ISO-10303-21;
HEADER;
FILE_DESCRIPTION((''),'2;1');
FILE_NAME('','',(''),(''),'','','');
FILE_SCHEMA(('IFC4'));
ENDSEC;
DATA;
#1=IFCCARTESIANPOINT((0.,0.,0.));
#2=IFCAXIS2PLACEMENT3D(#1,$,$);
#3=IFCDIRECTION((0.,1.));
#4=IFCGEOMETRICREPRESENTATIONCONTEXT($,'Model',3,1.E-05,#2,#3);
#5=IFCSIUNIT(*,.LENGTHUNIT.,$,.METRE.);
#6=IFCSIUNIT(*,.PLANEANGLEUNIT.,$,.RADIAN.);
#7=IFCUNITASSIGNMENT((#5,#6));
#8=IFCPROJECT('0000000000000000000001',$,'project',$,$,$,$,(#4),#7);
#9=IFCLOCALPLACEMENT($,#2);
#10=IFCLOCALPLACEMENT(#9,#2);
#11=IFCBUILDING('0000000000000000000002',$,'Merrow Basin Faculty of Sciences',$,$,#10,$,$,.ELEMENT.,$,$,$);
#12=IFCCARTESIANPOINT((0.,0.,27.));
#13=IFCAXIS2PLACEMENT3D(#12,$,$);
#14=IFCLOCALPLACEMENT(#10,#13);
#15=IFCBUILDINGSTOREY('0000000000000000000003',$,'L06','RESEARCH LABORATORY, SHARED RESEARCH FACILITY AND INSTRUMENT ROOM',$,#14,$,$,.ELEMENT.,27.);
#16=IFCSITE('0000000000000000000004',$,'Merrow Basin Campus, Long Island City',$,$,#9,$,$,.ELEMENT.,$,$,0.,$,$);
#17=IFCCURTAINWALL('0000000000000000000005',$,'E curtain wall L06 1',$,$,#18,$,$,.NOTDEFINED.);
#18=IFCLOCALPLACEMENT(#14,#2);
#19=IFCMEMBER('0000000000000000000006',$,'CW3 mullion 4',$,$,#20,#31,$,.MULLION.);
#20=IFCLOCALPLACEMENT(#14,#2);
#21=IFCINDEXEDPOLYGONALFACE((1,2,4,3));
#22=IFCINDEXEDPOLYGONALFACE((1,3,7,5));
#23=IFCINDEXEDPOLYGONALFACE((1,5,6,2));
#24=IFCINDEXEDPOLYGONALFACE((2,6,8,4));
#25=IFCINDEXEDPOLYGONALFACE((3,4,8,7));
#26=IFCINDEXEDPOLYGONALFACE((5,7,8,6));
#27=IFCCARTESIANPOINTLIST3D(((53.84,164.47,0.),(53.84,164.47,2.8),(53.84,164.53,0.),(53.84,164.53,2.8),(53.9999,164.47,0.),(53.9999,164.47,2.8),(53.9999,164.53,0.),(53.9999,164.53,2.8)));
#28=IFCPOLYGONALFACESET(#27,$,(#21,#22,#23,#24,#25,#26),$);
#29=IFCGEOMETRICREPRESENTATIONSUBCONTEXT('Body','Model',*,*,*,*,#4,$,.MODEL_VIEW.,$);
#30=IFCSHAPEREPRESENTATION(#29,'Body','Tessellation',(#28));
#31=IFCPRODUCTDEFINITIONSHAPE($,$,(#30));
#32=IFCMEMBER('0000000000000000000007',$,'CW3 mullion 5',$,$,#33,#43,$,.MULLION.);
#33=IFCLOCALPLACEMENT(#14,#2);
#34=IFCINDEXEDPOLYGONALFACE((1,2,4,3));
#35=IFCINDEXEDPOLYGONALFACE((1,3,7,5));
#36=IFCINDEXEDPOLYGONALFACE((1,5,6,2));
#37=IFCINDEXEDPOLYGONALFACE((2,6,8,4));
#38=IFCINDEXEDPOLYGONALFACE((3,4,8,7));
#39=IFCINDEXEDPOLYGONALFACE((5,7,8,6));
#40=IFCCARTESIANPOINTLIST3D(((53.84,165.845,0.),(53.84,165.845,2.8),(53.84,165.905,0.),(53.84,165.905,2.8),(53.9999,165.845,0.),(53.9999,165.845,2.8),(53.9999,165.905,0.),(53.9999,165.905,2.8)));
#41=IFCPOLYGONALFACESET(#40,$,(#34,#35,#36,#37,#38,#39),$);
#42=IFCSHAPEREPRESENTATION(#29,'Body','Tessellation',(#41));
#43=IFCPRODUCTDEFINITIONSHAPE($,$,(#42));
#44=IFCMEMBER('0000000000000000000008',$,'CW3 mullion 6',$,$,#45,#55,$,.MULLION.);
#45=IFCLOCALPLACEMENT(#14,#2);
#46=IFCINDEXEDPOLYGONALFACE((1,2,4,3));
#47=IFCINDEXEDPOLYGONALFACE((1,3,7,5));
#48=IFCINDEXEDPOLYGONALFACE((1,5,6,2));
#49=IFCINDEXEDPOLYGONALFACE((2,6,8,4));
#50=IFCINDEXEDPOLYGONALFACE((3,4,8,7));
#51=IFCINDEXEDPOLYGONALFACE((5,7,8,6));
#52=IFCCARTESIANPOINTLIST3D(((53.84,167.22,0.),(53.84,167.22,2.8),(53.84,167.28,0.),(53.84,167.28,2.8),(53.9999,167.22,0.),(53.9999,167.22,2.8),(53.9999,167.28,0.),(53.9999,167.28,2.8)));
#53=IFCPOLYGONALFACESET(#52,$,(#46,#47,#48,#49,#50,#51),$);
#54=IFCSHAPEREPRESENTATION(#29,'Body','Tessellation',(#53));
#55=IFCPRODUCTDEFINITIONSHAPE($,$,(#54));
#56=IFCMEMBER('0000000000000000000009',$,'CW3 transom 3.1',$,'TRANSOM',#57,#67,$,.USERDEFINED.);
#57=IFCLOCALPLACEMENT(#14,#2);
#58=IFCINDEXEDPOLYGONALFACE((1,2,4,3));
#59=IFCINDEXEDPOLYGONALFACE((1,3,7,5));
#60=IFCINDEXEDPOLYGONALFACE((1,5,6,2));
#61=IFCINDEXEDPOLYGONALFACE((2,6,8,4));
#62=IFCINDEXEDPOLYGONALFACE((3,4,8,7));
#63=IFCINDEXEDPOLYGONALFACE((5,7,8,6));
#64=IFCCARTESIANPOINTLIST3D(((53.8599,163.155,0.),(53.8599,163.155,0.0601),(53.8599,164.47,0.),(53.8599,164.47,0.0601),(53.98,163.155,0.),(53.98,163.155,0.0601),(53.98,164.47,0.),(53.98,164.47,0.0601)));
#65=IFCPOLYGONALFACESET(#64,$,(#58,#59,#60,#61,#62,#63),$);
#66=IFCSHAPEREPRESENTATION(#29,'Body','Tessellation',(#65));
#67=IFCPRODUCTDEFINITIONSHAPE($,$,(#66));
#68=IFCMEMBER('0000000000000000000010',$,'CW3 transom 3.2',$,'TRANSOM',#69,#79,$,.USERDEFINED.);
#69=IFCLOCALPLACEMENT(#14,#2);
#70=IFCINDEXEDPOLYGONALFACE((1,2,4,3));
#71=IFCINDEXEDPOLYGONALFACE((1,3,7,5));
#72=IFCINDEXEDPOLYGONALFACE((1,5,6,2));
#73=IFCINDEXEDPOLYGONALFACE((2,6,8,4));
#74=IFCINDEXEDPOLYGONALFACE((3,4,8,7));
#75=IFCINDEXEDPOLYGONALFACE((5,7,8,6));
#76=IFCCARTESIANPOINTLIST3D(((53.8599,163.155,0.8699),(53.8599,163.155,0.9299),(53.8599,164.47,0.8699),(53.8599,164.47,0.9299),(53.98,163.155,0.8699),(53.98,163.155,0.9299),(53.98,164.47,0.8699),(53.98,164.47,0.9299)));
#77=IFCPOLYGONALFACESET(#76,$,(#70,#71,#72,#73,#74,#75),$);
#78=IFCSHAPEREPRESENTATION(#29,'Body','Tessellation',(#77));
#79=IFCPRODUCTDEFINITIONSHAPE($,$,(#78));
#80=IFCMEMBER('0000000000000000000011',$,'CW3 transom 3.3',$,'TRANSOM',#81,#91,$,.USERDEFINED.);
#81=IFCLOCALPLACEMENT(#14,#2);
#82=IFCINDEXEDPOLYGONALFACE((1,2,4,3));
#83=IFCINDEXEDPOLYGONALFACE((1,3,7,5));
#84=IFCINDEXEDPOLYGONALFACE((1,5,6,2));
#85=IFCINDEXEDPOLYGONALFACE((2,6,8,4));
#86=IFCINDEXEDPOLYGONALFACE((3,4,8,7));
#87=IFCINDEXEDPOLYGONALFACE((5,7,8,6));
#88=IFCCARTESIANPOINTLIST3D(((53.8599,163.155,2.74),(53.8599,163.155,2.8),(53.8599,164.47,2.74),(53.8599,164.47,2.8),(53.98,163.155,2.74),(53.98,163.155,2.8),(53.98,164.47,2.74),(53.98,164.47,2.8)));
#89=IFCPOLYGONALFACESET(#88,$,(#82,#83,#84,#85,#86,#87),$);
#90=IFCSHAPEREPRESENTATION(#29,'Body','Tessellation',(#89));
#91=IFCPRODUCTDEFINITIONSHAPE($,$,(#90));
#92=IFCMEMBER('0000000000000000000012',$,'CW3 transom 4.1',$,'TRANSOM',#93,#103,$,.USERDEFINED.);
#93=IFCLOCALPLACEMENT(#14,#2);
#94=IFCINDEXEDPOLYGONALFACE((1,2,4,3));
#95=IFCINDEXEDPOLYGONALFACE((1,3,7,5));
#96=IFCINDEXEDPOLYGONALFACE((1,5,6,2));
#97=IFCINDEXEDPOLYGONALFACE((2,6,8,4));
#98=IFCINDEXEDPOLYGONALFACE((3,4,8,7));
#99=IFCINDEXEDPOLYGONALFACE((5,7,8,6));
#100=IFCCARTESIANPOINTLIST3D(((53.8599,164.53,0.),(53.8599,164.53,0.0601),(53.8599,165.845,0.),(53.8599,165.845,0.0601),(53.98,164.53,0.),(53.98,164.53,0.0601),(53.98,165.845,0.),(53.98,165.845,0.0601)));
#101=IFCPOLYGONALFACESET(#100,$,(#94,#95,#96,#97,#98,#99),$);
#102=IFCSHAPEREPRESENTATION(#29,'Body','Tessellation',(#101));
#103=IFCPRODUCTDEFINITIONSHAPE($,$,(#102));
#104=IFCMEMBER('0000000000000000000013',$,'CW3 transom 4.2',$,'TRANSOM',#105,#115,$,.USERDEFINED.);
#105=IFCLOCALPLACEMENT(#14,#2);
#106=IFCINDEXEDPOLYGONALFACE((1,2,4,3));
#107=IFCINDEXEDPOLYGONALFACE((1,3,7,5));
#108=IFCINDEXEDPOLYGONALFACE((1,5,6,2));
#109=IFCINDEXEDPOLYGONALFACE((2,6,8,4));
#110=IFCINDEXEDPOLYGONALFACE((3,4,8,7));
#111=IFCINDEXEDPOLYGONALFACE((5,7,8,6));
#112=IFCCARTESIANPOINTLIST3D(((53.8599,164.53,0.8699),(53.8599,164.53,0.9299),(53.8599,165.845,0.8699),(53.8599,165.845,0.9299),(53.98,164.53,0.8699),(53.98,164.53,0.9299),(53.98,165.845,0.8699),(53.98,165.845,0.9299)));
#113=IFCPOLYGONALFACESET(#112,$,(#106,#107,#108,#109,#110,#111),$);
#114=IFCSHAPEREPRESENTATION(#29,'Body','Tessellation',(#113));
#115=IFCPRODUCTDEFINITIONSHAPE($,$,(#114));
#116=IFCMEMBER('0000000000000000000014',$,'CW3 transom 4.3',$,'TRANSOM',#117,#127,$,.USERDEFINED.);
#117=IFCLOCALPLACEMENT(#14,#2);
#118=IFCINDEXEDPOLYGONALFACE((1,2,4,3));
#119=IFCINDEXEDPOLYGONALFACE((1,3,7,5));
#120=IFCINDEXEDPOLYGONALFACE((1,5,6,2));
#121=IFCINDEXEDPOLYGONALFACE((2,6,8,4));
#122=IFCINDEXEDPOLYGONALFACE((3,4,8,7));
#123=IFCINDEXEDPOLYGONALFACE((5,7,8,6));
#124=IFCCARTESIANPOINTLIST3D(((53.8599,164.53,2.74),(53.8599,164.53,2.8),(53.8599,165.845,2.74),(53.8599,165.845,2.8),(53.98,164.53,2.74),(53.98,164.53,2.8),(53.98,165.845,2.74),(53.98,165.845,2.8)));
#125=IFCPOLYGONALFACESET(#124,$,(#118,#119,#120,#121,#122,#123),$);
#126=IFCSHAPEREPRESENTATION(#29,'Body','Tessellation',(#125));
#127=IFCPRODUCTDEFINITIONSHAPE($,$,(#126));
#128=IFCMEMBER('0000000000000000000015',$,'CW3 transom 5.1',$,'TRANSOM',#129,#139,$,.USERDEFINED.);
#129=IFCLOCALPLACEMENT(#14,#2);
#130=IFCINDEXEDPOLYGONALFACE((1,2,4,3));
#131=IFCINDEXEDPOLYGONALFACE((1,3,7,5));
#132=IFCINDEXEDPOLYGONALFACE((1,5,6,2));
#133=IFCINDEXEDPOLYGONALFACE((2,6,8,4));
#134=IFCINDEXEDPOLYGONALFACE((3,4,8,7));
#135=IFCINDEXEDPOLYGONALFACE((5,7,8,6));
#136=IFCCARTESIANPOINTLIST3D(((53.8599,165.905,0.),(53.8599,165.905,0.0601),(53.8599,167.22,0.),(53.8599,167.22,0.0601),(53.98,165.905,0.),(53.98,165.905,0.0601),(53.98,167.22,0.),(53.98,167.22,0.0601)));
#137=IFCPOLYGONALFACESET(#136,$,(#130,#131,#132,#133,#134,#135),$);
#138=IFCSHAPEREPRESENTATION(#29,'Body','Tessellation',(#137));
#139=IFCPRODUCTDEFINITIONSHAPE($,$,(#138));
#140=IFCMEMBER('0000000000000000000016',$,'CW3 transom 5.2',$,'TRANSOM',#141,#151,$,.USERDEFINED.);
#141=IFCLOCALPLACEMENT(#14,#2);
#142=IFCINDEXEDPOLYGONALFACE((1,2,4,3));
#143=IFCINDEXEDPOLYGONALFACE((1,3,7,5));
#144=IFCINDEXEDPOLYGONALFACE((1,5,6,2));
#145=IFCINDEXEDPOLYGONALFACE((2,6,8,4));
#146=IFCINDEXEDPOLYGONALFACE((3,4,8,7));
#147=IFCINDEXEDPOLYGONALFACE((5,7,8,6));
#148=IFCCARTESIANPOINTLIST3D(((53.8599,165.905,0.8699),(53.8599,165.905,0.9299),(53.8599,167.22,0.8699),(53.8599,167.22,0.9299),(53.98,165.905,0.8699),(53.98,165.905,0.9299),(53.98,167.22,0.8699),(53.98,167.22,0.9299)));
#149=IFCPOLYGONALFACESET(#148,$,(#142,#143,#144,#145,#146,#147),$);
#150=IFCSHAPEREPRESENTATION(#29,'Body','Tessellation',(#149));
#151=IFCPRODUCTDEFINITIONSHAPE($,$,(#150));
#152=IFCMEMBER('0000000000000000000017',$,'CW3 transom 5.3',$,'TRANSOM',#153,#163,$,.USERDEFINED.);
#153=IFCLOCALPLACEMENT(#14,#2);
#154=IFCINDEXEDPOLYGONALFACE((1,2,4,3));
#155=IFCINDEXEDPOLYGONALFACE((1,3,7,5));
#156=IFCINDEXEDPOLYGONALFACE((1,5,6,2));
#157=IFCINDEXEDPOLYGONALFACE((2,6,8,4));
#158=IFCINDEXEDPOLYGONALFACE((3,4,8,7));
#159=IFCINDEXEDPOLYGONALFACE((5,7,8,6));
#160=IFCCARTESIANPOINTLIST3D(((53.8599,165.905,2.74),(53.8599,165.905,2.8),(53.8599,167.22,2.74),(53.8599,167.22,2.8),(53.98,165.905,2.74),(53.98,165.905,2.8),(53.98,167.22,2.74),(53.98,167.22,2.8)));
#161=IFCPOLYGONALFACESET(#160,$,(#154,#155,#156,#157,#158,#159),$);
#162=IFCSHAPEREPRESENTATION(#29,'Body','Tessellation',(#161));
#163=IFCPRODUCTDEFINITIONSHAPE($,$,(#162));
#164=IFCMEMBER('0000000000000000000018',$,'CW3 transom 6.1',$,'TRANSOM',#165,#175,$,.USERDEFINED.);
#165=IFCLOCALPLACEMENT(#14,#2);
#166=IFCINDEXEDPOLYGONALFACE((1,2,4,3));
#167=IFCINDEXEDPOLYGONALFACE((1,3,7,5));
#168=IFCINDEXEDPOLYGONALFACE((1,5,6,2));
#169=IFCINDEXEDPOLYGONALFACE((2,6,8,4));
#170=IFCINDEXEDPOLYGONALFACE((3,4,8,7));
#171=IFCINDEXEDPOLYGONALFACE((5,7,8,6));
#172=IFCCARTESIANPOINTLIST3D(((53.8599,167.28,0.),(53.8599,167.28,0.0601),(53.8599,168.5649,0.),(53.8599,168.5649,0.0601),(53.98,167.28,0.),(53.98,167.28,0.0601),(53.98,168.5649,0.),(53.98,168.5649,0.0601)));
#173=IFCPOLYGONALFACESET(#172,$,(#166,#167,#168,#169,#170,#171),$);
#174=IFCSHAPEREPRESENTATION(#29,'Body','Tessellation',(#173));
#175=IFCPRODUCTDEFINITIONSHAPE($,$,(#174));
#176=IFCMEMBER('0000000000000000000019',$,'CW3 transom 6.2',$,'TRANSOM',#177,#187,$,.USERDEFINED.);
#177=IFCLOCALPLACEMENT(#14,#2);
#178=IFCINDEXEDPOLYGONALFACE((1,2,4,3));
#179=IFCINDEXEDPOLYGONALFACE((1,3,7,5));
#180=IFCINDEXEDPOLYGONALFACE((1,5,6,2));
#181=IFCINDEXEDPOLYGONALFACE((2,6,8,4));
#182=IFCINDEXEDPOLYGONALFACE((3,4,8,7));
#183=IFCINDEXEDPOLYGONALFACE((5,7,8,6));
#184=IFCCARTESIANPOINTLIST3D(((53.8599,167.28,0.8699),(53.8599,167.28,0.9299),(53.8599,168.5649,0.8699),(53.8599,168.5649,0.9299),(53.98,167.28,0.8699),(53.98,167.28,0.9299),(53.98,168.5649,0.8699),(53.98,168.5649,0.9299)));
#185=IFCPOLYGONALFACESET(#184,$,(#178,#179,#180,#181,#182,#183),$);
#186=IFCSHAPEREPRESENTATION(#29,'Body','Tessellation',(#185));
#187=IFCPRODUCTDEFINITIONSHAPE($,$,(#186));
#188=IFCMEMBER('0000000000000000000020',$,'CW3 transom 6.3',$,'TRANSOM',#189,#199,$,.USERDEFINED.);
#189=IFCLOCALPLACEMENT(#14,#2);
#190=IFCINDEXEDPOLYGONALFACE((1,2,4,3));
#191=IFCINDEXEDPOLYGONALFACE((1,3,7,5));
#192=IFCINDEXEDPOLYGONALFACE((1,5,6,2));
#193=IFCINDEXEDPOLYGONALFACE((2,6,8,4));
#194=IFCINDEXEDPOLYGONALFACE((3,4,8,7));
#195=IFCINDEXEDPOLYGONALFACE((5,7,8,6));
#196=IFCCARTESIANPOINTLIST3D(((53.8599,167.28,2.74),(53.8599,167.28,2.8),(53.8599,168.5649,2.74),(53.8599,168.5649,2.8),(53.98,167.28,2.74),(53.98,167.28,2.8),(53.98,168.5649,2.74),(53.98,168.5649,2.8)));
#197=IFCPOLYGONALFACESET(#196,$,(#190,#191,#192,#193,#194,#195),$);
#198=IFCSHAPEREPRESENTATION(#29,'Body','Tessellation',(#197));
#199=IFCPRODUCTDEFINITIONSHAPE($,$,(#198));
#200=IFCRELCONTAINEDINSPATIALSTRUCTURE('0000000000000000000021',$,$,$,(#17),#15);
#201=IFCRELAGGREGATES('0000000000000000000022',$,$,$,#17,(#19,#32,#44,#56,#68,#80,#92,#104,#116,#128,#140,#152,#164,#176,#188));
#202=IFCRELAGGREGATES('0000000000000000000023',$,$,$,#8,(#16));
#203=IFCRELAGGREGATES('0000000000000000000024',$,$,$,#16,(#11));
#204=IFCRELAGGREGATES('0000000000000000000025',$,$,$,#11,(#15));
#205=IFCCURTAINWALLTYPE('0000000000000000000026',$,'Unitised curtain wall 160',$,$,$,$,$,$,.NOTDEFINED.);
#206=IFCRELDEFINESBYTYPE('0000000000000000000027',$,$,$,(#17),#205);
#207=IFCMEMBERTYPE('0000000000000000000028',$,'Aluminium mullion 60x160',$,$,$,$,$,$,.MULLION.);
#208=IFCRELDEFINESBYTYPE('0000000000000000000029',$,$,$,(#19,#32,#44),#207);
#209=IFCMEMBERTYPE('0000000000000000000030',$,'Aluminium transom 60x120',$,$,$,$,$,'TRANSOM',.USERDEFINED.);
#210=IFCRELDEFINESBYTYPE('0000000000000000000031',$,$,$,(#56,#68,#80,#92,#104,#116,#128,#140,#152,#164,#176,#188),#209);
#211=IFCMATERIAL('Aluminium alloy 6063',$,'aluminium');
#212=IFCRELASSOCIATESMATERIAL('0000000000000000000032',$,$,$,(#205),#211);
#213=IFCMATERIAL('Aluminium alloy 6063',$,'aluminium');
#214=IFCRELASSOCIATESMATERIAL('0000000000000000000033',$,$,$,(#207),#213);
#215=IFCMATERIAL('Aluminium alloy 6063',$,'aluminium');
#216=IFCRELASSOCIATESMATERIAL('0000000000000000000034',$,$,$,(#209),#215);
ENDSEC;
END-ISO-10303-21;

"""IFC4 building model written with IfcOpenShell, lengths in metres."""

from ifc_helpers import new_model, si_unit, direction, frame, origin, origin_2d, place, context, subcontext, project, spatial, rectangle, extrude, material, material_profile, profile_set, type_object, element, aggregate, save


model = new_model("IFC4")

# Units and contexts
model_context = context("Model", 3, precision=1e-05, world=origin(), true_north=direction((0.0, 1.0)))
body_context = subcontext(model_context, "Body", "Model", "MODEL_VIEW")
ifc_project = project(units=[si_unit("LENGTHUNIT", "METRE"), si_unit("PLANEANGLEUNIT", "RADIAN")], contexts=[model_context])

# Site, building, storey
site_placement = place(None, origin())
site = spatial("IfcSite", under=ifc_project, at=site_placement, Name="Merrow Basin Campus, Long Island City", CompositionType="ELEMENT", RefElevation=0.0)
building_placement = place(site_placement, origin())
building = spatial("IfcBuilding", under=site, at=building_placement, Name="Merrow Basin Faculty of Sciences", CompositionType="ELEMENT")
storey_placement = place(building_placement, frame((0.0, 0.0, 27.0)))
storey = spatial("IfcBuildingStorey", under=building, at=storey_placement, Name="L06", Description="RESEARCH LABORATORY, SHARED RESEARCH FACILITY AND INSTRUMENT ROOM", CompositionType="ELEMENT", Elevation=27.0)

# Curtain wall, members
ifc_material_1 = material(Name="Aluminium alloy 6063", Category="aluminium")
curtain_wall_type = type_object("IfcCurtainWallType", Name="Unitised curtain wall 160", PredefinedType="NOTDEFINED", material=ifc_material_1)
curtain_wall_placement = place(storey_placement, origin())
curtain_wall = element("IfcCurtainWall", 1, at=curtain_wall_placement, inside=storey, type_object=curtain_wall_type, Name="E curtain wall L06 1", PredefinedType="NOTDEFINED")
ifc_material_2 = material(Name="Aluminium alloy 6063", Category="aluminium")
ifc_material_profile_1 = material_profile(ifc_material_2, rectangle(XDim=0.1599, YDim=0.0601, at=origin_2d()))
ifc_profile_set_1 = profile_set([ifc_material_profile_1], Name="Aluminium alloy 6063")
member_type_1 = type_object("IfcMemberType", Name="Aluminium mullion 60x160", PredefinedType="MULLION", material=ifc_profile_set_1)
member_1_placement = place(storey_placement, frame((53.9199, 164.5, 0.0), z_axis=(0.0, 0.0, 1.0), x_axis=(-1.0, 0.0, 0.0)))
member_1 = element("IfcMember", 2, at=member_1_placement, type_object=member_type_1, Name="CW3 mullion 4", PredefinedType="MULLION", context=body_context, shape_type="SweptSolid", body=[
    extrude(rectangle(XDim=0.1599, YDim=0.0601, at=origin_2d()), origin(), (0.0, 0.0, 1.0), 2.8),
])
member_2_placement = place(storey_placement, frame((53.9199, 165.875, 0.0), z_axis=(0.0, 0.0, 1.0), x_axis=(-1.0, 0.0, 0.0)))
member_2 = element("IfcMember", 3, at=member_2_placement, type_object=member_type_1, Name="CW3 mullion 5", PredefinedType="MULLION", context=body_context, shape_type="SweptSolid", body=[
    extrude(rectangle(XDim=0.1599, YDim=0.0601, at=origin_2d()), origin(), (0.0, 0.0, 1.0), 2.8),
])
member_3_placement = place(storey_placement, frame((53.9199, 167.25, 0.0), z_axis=(0.0, 0.0, 1.0), x_axis=(-1.0, 0.0, 0.0)))
member_3 = element("IfcMember", 4, at=member_3_placement, type_object=member_type_1, Name="CW3 mullion 6", PredefinedType="MULLION", context=body_context, shape_type="SweptSolid", body=[
    extrude(rectangle(XDim=0.1599, YDim=0.0601, at=origin_2d()), origin(), (0.0, 0.0, 1.0), 2.8),
])
ifc_material_3 = material(Name="Aluminium alloy 6063", Category="aluminium")
ifc_material_profile_2 = material_profile(ifc_material_3, rectangle(XDim=0.1201, YDim=0.0601, at=origin_2d()))
ifc_profile_set_2 = profile_set([ifc_material_profile_2], Name="Aluminium alloy 6063")
member_type_2 = type_object("IfcMemberType", Name="Aluminium transom 60x120", ElementType="TRANSOM", PredefinedType="USERDEFINED", material=ifc_profile_set_2)
member_4_placement = place(storey_placement, frame((53.9199, 163.155, 0.03), z_axis=(0.0, 1.0, 0.0), x_axis=(-1.0, 0.0, 0.0)))
member_4 = element("IfcMember", 5, at=member_4_placement, type_object=member_type_2, Name="CW3 transom 3.1", ObjectType="TRANSOM", PredefinedType="USERDEFINED", context=body_context, shape_type="SweptSolid", body=[
    extrude(rectangle(XDim=0.1201, YDim=0.0601, at=origin_2d()), origin(), (0.0, 0.0, 1.0), 1.3149),
])
member_5_placement = place(storey_placement, frame((53.9199, 163.155, 0.8999), z_axis=(0.0, 1.0, 0.0), x_axis=(-1.0, 0.0, 0.0)))
member_5 = element("IfcMember", 6, at=member_5_placement, type_object=member_type_2, Name="CW3 transom 3.2", ObjectType="TRANSOM", PredefinedType="USERDEFINED", context=body_context, shape_type="SweptSolid", body=[
    extrude(rectangle(XDim=0.1201, YDim=0.0601, at=origin_2d()), origin(), (0.0, 0.0, 1.0), 1.3149),
])
member_6_placement = place(storey_placement, frame((53.9199, 163.155, 2.77), z_axis=(0.0, 1.0, 0.0), x_axis=(-1.0, 0.0, 0.0)))
member_6 = element("IfcMember", 7, at=member_6_placement, type_object=member_type_2, Name="CW3 transom 3.3", ObjectType="TRANSOM", PredefinedType="USERDEFINED", context=body_context, shape_type="SweptSolid", body=[
    extrude(rectangle(XDim=0.1201, YDim=0.0601, at=origin_2d()), origin(), (0.0, 0.0, 1.0), 1.3149),
])
member_7_placement = place(storey_placement, frame((53.9199, 164.53, 0.03), z_axis=(0.0, 1.0, 0.0), x_axis=(-1.0, 0.0, 0.0)))
member_7 = element("IfcMember", 8, at=member_7_placement, type_object=member_type_2, Name="CW3 transom 4.1", ObjectType="TRANSOM", PredefinedType="USERDEFINED", context=body_context, shape_type="SweptSolid", body=[
    extrude(rectangle(XDim=0.1201, YDim=0.0601, at=origin_2d()), origin(), (0.0, 0.0, 1.0), 1.3149),
])
member_8_placement = place(storey_placement, frame((53.9199, 164.53, 0.8999), z_axis=(0.0, 1.0, 0.0), x_axis=(-1.0, 0.0, 0.0)))
member_8 = element("IfcMember", 9, at=member_8_placement, type_object=member_type_2, Name="CW3 transom 4.2", ObjectType="TRANSOM", PredefinedType="USERDEFINED", context=body_context, shape_type="SweptSolid", body=[
    extrude(rectangle(XDim=0.1201, YDim=0.0601, at=origin_2d()), origin(), (0.0, 0.0, 1.0), 1.3149),
])
member_9_placement = place(storey_placement, frame((53.9199, 164.53, 2.77), z_axis=(0.0, 1.0, 0.0), x_axis=(-1.0, 0.0, 0.0)))
member_9 = element("IfcMember", 10, at=member_9_placement, type_object=member_type_2, Name="CW3 transom 4.3", ObjectType="TRANSOM", PredefinedType="USERDEFINED", context=body_context, shape_type="SweptSolid", body=[
    extrude(rectangle(XDim=0.1201, YDim=0.0601, at=origin_2d()), origin(), (0.0, 0.0, 1.0), 1.3149),
])
member_10_placement = place(storey_placement, frame((53.9199, 165.905, 0.03), z_axis=(0.0, 1.0, 0.0), x_axis=(-1.0, 0.0, 0.0)))
member_10 = element("IfcMember", 11, at=member_10_placement, type_object=member_type_2, Name="CW3 transom 5.1", ObjectType="TRANSOM", PredefinedType="USERDEFINED", context=body_context, shape_type="SweptSolid", body=[
    extrude(rectangle(XDim=0.1201, YDim=0.0601, at=origin_2d()), origin(), (0.0, 0.0, 1.0), 1.3149),
])
member_11_placement = place(storey_placement, frame((53.9199, 165.905, 0.8999), z_axis=(0.0, 1.0, 0.0), x_axis=(-1.0, 0.0, 0.0)))
member_11 = element("IfcMember", 12, at=member_11_placement, type_object=member_type_2, Name="CW3 transom 5.2", ObjectType="TRANSOM", PredefinedType="USERDEFINED", context=body_context, shape_type="SweptSolid", body=[
    extrude(rectangle(XDim=0.1201, YDim=0.0601, at=origin_2d()), origin(), (0.0, 0.0, 1.0), 1.3149),
])
member_12_placement = place(storey_placement, frame((53.9199, 165.905, 2.77), z_axis=(0.0, 1.0, 0.0), x_axis=(-1.0, 0.0, 0.0)))
member_12 = element("IfcMember", 13, at=member_12_placement, type_object=member_type_2, Name="CW3 transom 5.3", ObjectType="TRANSOM", PredefinedType="USERDEFINED", context=body_context, shape_type="SweptSolid", body=[
    extrude(rectangle(XDim=0.1201, YDim=0.0601, at=origin_2d()), origin(), (0.0, 0.0, 1.0), 1.3149),
])
member_13_placement = place(storey_placement, frame((53.9199, 167.28, 0.03), z_axis=(0.0, 1.0, 0.0), x_axis=(-1.0, 0.0, 0.0)))
member_13 = element("IfcMember", 14, at=member_13_placement, type_object=member_type_2, Name="CW3 transom 6.1", ObjectType="TRANSOM", PredefinedType="USERDEFINED", context=body_context, shape_type="SweptSolid", body=[
    extrude(rectangle(XDim=0.1201, YDim=0.0601, at=origin_2d()), origin(), (0.0, 0.0, 1.0), 1.2849),
])
member_14_placement = place(storey_placement, frame((53.9199, 167.28, 0.8999), z_axis=(0.0, 1.0, 0.0), x_axis=(-1.0, 0.0, 0.0)))
member_14 = element("IfcMember", 15, at=member_14_placement, type_object=member_type_2, Name="CW3 transom 6.2", ObjectType="TRANSOM", PredefinedType="USERDEFINED", context=body_context, shape_type="SweptSolid", body=[
    extrude(rectangle(XDim=0.1201, YDim=0.0601, at=origin_2d()), origin(), (0.0, 0.0, 1.0), 1.2849),
])
member_15_placement = place(storey_placement, frame((53.9199, 167.28, 2.77), z_axis=(0.0, 1.0, 0.0), x_axis=(-1.0, 0.0, 0.0)))
member_15 = element("IfcMember", 16, at=member_15_placement, type_object=member_type_2, Name="CW3 transom 6.3", ObjectType="TRANSOM", PredefinedType="USERDEFINED", context=body_context, shape_type="SweptSolid", body=[
    extrude(rectangle(XDim=0.1201, YDim=0.0601, at=origin_2d()), origin(), (0.0, 0.0, 1.0), 1.2849),
])
aggregate(curtain_wall, [member_1, member_2, member_3, member_4, member_5, member_6, member_7, member_8, member_9, member_10, member_11, member_12, member_13, member_14, member_15])

save(model, "model.ifc")
